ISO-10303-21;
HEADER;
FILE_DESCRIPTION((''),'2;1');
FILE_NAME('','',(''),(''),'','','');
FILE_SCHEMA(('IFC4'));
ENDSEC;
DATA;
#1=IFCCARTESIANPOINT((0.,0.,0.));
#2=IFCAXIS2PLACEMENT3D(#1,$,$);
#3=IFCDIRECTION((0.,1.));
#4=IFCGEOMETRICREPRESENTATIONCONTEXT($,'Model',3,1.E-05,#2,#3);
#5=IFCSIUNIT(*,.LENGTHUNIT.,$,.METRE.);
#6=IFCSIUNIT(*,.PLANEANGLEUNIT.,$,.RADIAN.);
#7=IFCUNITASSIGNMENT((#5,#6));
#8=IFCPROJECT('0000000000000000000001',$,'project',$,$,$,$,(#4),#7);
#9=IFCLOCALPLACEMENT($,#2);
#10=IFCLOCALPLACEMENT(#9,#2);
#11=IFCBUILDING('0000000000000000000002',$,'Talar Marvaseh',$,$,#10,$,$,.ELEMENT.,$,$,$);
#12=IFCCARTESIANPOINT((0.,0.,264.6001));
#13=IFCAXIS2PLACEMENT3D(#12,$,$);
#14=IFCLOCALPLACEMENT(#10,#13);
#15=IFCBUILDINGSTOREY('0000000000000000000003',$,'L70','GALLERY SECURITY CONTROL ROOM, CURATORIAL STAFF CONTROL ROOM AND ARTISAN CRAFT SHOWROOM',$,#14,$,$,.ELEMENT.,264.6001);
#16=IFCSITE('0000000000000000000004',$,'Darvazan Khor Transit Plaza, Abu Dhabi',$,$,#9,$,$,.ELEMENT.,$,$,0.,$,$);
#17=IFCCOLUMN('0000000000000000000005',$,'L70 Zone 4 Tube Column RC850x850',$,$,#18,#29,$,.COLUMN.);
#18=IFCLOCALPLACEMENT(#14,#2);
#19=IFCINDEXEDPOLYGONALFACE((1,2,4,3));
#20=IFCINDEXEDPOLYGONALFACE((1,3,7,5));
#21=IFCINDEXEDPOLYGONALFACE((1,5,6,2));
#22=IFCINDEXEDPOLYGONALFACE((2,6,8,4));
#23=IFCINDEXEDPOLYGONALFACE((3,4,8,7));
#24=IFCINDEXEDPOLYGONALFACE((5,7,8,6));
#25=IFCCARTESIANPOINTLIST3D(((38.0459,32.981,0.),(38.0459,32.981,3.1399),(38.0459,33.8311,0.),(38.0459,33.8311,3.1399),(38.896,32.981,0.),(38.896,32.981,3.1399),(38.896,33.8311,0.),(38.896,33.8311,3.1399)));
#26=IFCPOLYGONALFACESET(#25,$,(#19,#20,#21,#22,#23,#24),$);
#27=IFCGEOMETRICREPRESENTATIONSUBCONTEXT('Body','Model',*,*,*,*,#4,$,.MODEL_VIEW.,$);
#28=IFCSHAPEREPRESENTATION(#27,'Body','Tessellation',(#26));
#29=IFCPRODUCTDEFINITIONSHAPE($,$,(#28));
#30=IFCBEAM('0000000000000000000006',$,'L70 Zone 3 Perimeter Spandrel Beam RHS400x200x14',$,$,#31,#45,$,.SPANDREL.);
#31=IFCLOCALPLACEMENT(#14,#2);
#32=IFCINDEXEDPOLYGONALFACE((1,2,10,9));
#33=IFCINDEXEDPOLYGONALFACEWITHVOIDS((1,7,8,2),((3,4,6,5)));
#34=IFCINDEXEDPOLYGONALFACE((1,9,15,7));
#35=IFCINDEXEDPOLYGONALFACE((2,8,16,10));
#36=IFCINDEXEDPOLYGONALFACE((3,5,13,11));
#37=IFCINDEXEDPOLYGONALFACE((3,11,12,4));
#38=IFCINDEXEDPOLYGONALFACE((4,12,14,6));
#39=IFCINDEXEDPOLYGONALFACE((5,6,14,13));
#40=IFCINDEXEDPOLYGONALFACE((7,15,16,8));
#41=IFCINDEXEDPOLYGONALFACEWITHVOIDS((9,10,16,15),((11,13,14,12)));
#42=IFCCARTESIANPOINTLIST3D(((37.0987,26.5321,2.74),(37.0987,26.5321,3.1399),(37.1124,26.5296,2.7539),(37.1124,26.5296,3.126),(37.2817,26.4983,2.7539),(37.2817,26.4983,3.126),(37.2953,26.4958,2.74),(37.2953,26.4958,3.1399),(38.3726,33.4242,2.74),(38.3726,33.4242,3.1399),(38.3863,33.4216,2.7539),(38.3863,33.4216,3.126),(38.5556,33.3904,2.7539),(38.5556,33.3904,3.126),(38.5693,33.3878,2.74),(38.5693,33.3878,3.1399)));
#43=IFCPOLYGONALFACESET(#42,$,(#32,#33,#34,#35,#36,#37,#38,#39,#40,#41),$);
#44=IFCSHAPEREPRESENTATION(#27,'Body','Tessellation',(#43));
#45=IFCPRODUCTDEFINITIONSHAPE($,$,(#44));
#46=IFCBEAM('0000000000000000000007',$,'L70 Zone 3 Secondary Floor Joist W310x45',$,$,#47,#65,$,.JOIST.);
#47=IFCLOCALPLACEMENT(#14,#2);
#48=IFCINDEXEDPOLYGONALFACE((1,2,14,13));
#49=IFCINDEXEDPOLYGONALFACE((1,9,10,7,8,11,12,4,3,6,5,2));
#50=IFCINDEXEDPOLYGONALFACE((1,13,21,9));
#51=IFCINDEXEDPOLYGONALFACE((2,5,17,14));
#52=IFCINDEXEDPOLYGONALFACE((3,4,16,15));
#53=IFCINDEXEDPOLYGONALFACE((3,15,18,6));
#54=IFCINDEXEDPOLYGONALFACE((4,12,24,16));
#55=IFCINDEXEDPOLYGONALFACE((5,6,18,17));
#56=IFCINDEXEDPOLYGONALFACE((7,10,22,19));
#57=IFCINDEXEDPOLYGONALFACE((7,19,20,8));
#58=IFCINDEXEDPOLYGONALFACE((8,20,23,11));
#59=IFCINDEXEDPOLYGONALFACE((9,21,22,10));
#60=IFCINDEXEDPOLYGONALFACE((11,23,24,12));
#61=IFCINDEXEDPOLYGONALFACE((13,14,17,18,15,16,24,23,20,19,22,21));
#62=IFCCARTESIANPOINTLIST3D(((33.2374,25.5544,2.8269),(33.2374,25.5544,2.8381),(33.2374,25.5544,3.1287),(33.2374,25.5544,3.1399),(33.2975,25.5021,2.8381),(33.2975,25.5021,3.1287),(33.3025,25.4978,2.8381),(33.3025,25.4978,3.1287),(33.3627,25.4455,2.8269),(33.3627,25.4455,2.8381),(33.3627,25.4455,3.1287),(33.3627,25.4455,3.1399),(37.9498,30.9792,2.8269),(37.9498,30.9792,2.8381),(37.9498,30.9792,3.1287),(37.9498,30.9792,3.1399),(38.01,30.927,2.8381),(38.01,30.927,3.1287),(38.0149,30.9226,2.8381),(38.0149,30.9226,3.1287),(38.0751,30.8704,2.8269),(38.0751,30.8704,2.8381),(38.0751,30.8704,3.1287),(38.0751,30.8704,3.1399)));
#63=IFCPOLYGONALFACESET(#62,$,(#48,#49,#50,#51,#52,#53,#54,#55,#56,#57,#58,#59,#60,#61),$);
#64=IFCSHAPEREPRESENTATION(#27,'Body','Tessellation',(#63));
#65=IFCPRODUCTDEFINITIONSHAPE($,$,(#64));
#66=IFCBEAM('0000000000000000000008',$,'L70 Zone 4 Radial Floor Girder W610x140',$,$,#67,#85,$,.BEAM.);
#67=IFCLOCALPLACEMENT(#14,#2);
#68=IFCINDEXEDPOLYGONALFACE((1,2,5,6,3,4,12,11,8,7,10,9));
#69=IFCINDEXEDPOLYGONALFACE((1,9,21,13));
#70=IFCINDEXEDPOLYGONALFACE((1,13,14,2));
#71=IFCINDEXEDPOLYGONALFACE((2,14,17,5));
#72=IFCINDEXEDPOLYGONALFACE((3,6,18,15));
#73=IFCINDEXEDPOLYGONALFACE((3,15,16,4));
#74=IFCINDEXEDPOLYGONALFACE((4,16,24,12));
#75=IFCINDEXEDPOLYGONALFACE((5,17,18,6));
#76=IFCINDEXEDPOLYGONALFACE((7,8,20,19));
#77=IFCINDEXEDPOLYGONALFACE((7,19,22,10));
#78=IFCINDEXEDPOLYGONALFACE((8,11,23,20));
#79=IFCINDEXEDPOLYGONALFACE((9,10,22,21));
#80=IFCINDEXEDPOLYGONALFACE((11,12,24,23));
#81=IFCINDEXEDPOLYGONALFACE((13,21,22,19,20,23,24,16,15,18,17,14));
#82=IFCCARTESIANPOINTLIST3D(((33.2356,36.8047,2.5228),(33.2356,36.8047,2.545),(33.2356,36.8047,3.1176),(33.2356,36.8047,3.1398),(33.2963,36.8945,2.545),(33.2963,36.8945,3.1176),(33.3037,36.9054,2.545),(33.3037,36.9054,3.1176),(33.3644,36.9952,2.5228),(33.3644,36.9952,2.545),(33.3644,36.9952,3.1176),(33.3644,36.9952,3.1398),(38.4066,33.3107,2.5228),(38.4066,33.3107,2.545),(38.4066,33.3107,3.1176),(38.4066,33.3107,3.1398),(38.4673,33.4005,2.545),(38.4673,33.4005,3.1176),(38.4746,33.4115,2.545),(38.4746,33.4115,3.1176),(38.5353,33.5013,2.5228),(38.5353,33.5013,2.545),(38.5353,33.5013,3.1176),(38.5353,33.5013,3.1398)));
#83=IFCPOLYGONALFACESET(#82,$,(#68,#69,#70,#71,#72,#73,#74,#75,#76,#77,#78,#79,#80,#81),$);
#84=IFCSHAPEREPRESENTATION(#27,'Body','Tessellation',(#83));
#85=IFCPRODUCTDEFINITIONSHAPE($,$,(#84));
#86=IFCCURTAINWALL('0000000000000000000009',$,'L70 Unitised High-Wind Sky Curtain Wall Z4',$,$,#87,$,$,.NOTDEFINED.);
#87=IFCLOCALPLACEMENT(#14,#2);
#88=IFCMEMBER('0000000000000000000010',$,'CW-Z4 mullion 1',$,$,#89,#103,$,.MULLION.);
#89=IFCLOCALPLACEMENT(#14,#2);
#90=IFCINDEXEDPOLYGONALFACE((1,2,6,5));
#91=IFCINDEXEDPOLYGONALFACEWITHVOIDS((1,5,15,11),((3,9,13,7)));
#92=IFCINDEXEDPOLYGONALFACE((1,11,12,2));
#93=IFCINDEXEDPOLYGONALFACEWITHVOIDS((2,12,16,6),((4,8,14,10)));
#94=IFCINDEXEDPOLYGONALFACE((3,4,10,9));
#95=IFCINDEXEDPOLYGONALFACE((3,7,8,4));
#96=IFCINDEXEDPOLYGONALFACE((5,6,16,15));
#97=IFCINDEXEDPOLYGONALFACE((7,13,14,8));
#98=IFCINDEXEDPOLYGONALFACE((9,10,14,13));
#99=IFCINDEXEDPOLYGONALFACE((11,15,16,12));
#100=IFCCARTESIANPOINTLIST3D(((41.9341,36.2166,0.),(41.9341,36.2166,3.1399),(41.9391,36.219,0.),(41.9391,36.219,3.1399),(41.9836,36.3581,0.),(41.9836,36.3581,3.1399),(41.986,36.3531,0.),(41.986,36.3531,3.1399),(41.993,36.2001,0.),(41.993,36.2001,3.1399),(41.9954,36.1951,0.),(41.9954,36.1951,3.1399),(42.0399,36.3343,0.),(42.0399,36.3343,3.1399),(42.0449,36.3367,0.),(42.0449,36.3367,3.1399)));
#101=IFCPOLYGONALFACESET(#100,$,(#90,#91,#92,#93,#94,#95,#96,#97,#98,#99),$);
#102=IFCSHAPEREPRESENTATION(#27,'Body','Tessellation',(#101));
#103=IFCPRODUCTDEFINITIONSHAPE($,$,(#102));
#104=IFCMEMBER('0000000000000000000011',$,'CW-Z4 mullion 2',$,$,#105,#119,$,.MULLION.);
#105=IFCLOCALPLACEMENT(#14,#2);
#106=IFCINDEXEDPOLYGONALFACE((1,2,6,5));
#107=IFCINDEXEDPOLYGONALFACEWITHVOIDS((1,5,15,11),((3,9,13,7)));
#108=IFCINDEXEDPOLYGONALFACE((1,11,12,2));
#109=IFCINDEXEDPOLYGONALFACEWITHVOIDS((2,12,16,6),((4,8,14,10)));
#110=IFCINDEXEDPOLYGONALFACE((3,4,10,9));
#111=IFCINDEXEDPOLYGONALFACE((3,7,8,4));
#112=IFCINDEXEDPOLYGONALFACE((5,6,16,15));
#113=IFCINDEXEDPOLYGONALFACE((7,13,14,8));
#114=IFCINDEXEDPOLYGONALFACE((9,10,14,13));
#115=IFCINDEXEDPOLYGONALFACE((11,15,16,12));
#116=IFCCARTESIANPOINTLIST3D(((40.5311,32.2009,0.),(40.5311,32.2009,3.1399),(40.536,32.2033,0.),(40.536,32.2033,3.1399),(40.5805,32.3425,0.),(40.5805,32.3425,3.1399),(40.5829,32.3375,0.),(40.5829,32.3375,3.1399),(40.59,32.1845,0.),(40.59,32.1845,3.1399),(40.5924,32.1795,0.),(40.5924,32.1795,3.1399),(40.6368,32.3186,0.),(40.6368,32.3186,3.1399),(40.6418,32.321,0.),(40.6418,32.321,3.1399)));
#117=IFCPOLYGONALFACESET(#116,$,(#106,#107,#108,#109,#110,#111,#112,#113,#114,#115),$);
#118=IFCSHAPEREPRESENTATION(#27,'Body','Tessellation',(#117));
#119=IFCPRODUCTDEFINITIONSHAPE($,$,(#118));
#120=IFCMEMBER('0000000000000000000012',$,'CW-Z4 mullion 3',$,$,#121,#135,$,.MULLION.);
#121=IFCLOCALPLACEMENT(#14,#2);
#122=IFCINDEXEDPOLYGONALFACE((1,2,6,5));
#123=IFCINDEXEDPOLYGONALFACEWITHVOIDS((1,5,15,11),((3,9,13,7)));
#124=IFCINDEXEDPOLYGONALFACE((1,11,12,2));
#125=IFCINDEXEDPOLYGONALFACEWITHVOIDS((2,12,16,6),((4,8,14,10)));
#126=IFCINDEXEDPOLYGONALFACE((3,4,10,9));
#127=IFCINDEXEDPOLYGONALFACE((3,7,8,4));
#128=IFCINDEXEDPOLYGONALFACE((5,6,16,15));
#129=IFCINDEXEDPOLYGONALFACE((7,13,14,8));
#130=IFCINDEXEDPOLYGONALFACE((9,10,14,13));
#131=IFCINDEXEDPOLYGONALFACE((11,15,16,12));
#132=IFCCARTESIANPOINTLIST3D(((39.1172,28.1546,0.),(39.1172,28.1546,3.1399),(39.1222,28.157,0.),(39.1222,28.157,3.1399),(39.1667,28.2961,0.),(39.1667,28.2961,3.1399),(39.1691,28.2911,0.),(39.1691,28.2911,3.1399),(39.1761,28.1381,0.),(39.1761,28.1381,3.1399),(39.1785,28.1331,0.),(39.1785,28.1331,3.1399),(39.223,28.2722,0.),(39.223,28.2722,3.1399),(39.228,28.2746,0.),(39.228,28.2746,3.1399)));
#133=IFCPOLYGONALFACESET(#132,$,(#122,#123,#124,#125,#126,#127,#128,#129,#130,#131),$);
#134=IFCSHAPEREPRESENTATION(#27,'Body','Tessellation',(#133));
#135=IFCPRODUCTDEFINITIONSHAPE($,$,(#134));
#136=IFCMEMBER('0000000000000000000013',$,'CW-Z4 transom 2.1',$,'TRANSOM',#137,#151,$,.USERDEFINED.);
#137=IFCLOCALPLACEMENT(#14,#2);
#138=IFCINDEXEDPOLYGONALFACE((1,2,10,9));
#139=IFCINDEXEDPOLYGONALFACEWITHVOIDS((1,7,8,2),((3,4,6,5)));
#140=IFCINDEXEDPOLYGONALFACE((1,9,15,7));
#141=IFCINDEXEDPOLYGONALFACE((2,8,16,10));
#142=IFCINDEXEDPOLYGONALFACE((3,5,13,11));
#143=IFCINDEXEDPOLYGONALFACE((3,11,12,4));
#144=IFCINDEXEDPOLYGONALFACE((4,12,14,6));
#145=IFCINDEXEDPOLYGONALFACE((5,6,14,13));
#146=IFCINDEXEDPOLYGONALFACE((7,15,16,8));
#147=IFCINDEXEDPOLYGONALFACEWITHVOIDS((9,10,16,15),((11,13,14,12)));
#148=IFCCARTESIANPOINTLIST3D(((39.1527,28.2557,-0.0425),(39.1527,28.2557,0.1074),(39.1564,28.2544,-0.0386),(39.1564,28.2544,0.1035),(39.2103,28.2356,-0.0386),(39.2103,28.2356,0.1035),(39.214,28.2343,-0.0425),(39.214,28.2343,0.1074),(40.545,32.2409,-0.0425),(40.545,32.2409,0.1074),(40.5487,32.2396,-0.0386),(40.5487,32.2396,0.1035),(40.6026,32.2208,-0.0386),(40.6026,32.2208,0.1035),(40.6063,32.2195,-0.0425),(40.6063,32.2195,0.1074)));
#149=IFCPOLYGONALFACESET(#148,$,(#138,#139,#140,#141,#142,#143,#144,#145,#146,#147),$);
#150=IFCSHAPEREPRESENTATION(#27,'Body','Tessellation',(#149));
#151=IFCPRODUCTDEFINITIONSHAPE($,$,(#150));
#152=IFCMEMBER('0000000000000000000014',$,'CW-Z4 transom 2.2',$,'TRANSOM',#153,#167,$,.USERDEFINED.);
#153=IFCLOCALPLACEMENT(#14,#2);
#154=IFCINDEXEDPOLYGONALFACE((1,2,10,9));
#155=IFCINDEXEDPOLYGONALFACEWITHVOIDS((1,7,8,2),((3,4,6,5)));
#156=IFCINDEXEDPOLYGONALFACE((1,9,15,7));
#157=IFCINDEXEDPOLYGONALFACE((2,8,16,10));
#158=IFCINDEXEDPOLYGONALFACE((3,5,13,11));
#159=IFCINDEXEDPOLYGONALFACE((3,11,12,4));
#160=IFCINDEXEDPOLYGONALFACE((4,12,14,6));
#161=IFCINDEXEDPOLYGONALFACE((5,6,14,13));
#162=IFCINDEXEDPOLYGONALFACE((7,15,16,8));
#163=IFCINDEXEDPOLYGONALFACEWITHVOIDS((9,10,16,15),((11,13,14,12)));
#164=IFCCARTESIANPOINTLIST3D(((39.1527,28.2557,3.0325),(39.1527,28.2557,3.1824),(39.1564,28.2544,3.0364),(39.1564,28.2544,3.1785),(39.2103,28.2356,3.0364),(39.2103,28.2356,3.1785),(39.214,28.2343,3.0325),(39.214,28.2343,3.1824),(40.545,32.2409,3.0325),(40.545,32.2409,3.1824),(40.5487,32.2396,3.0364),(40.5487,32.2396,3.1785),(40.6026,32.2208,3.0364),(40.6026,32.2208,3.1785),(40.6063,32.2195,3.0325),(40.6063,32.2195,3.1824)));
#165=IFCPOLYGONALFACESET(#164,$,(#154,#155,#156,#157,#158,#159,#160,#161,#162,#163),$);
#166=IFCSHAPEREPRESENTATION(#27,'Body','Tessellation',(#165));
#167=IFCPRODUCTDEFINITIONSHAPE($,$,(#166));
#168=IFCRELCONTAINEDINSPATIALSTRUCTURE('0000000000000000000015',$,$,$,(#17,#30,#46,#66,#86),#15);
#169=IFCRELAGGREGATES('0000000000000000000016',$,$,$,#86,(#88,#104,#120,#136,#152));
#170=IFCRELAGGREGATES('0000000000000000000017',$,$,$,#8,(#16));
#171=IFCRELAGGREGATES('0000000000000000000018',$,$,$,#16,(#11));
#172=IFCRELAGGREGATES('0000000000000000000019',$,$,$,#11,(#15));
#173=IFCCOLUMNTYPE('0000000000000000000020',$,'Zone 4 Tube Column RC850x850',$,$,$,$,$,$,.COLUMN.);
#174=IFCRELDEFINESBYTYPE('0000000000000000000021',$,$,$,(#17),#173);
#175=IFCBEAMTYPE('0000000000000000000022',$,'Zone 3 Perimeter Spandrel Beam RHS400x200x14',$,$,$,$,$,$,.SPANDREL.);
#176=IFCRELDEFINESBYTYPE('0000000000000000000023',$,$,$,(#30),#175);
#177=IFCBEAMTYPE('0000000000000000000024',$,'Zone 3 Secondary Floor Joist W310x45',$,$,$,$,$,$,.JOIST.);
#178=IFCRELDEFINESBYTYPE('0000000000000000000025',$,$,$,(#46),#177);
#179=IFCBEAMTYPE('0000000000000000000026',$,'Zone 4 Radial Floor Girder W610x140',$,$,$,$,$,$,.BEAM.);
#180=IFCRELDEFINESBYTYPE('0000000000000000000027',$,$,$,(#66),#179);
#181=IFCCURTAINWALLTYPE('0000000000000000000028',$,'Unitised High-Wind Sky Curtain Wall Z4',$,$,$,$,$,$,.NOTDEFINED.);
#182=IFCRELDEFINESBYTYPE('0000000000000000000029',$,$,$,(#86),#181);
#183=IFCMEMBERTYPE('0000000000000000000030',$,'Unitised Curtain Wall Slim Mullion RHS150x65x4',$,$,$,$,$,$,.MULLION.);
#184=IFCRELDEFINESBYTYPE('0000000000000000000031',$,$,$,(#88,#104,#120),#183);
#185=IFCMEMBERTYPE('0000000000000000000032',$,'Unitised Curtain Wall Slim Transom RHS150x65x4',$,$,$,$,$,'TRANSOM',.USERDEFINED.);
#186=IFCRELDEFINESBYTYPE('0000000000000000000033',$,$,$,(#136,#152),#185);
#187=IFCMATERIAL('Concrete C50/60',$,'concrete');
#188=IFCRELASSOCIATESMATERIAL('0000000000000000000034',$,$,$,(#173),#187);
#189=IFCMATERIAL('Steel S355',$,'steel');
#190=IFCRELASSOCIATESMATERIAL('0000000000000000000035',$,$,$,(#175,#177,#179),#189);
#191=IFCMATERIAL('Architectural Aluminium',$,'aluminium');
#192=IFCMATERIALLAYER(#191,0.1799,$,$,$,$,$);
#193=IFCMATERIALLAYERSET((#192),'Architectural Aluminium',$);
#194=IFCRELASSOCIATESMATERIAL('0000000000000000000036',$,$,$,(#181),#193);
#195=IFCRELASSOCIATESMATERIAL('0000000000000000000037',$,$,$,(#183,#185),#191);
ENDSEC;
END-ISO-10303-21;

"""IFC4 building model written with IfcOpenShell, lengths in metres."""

from ifc_helpers import new_model, si_unit, direction, frame, origin, origin_2d, place, context, subcontext, project, spatial, rectangle, hollow_rectangle, i_section, extrude, source, transform, mapped, material, layer, layer_set, material_profile, profile_set, type_object, type_shapes, element, aggregate, save


model = new_model("IFC4")

# Units and contexts
model_context = context("Model", 3, precision=1e-05, world=origin(), true_north=direction((0.0, 1.0)))
body_context = subcontext(model_context, "Body", "Model", "MODEL_VIEW")
ifc_project = project(units=[si_unit("LENGTHUNIT", "METRE"), si_unit("PLANEANGLEUNIT", "RADIAN")], contexts=[model_context])

# Site, building, storey
site_placement = place(None, origin())
site = spatial("IfcSite", under=ifc_project, at=site_placement, Name="Darvazan Khor Transit Plaza, Abu Dhabi", CompositionType="ELEMENT", RefElevation=0.0)
building_placement = place(site_placement, origin())
building = spatial("IfcBuilding", under=site, at=building_placement, Name="Talar Marvaseh", CompositionType="ELEMENT")
storey_placement = place(building_placement, frame((0.0, 0.0, 264.6001)))
storey = spatial("IfcBuildingStorey", under=building, at=storey_placement, Name="L70", Description="GALLERY SECURITY CONTROL ROOM, CURATORIAL STAFF CONTROL ROOM AND ARTISAN CRAFT SHOWROOM", CompositionType="ELEMENT", Elevation=264.6001)

# Column
ifc_material_1 = material(Name="Concrete C50/60", Category="concrete")
ifc_material_profile_1 = material_profile(ifc_material_1, rectangle(XDim=0.8501, YDim=0.8501, at=origin_2d()), Name="RC850x850")
ifc_profile_set_1 = profile_set([ifc_material_profile_1], Name="Concrete C50/60")
column_type = type_object("IfcColumnType", Name="Zone 4 Tube Column RC850x850", PredefinedType="COLUMN", material=ifc_profile_set_1)
column_placement = place(storey_placement, frame((38.4709, 33.406, 0.0), z_axis=(0.0, 0.0, 1.0), x_axis=(1.0, 0.0, 0.0)))
element("IfcColumn", 1, at=column_placement, inside=storey, type_object=column_type, Name="L70 Zone 4 Tube Column RC850x850", PredefinedType="COLUMN", context=body_context, shape_type="SweptSolid", body=[
    extrude(rectangle(XDim=0.8501, YDim=0.8501, at=origin_2d()), origin(), (0.0, 0.0, 1.0), 3.1399),
])

# Beams
ifc_material_2 = material(Name="Steel S355", Category="steel")
ifc_material_profile_2 = material_profile(ifc_material_2, hollow_rectangle(XDim=0.2, YDim=0.3999, WallThickness=0.0139, at=origin_2d()), Name="RHS400x200x14")
ifc_profile_set_2 = profile_set([ifc_material_profile_2], Name="Steel S355")
beam_type_1 = type_object("IfcBeamType", Name="Zone 3 Perimeter Spandrel Beam RHS400x200x14", PredefinedType="SPANDREL", material=ifc_profile_set_2)
beam_1_placement = place(storey_placement, frame((38.4709, 33.406, 2.9399), z_axis=(-0.18176, -0.983343, 0.0), x_axis=(0.983343, -0.18176, 0.0)))
element("IfcBeam", 2, at=beam_1_placement, inside=storey, type_object=beam_type_1, Name="L70 Zone 3 Perimeter Spandrel Beam RHS400x200x14", PredefinedType="SPANDREL", context=body_context, shape_type="SweptSolid", body=[
    extrude(hollow_rectangle(XDim=0.2, YDim=0.3999, WallThickness=0.0139, at=origin_2d()), origin(), (0.0, 0.0, 1.0), 7.0088),
])
ifc_material_profile_3 = material_profile(ifc_material_2, i_section(OverallWidth=0.166, OverallDepth=0.313, WebThickness=0.0066, FlangeThickness=0.0112, at=origin_2d()), Name="W310x45")
ifc_profile_set_3 = profile_set([ifc_material_profile_3], Name="Steel S355")
beam_type_2 = type_object("IfcBeamType", Name="Zone 3 Secondary Floor Joist W310x45", PredefinedType="JOIST", material=ifc_profile_set_3)
beam_2_placement = place(storey_placement, frame((38.0125, 30.9248, 2.9834), z_axis=(-0.655797, -0.754938, 0.0), x_axis=(0.754938, -0.655797, 0.0)))
element("IfcBeam", 3, at=beam_2_placement, inside=storey, type_object=beam_type_2, Name="L70 Zone 3 Secondary Floor Joist W310x45", PredefinedType="JOIST", context=body_context, shape_type="SweptSolid", body=[
    extrude(i_section(OverallWidth=0.166, OverallDepth=0.313, WebThickness=0.0066, FlangeThickness=0.0112, at=origin_2d()), origin(), (0.0, 0.0, 1.0), 7.1858),
])
ifc_material_profile_4 = material_profile(ifc_material_2, i_section(OverallWidth=0.23, OverallDepth=0.6169, WebThickness=0.0132, FlangeThickness=0.0222, at=origin_2d()), Name="W610x140")
ifc_profile_set_4 = profile_set([ifc_material_profile_4], Name="Steel S355")
beam_type_3 = type_object("IfcBeamType", Name="Zone 4 Radial Floor Girder W610x140", PredefinedType="BEAM", material=ifc_profile_set_4)
beam_3_placement = place(storey_placement, frame((38.4709, 33.406, 2.8313), z_axis=(-0.828586, 0.559862, 0.0), x_axis=(-0.559862, -0.828586, 0.0)))
element("IfcBeam", 4, at=beam_3_placement, inside=storey, type_object=beam_type_3, Name="L70 Zone 4 Radial Floor Girder W610x140", PredefinedType="BEAM", context=body_context, shape_type="SweptSolid", body=[
    extrude(i_section(OverallWidth=0.23, OverallDepth=0.6169, WebThickness=0.0132, FlangeThickness=0.0222, at=origin_2d()), origin(), (0.0, 0.0, 1.0), 6.2407),
])

# Curtain wall, members
ifc_material_3 = material(Name="Architectural Aluminium", Category="aluminium")
ifc_layer_1 = layer(ifc_material_3, 0.1799)
ifc_layer_set_1 = layer_set([ifc_layer_1], Name="Architectural Aluminium")
curtain_wall_type = type_object("IfcCurtainWallType", Name="Unitised High-Wind Sky Curtain Wall Z4", PredefinedType="NOTDEFINED", material=ifc_layer_set_1)
curtain_wall_placement = place(storey_placement, origin())
curtain_wall = element("IfcCurtainWall", 5, at=curtain_wall_placement, inside=storey, type_object=curtain_wall_type, Name="L70 Unitised High-Wind Sky Curtain Wall Z4", PredefinedType="NOTDEFINED")
ifc_material_profile_5 = material_profile(ifc_material_3, hollow_rectangle(XDim=0.0649, YDim=0.1499, WallThickness=0.0039, at=origin_2d()), Name="RHS150x65x4")
ifc_profile_set_5 = profile_set([ifc_material_profile_5], Name="Architectural Aluminium")
member_type_1 = type_object("IfcMemberType", Name="Unitised Curtain Wall Slim Mullion RHS150x65x4", PredefinedType="MULLION", material=ifc_profile_set_5)
shared_shape_1 = source(origin(), body_context, "Body", "SweptSolid", [
    extrude(hollow_rectangle(XDim=0.0649, YDim=0.1499, WallThickness=0.0039, at=origin_2d()), origin(), (0.0, 0.0, 1.0), 3.1399),
])
type_shapes(member_type_1, [shared_shape_1])
member_1_placement = place(storey_placement, frame((41.9895, 36.2766, 0.0), z_axis=(0.0, 0.0, 1.0), x_axis=(0.944038, -0.329838, 0.0)))
member_1 = element("IfcMember", 6, at=member_1_placement, type_object=member_type_1, Name="CW-Z4 mullion 1", PredefinedType="MULLION", context=body_context, shape_type="MappedRepresentation", body=[
    mapped(shared_shape_1, transform((0.0, 0.0, 0.0), x_axis=(1.0, 0.0, 0.0), y_axis=(0.0, 1.0, 0.0), z_axis=(0.0, 0.0, 1.0), scale=1.0)),
])
member_2_placement = place(storey_placement, frame((40.5864, 32.261, 0.0), z_axis=(0.0, 0.0, 1.0), x_axis=(0.944038, -0.329838, 0.0)))
member_2 = element("IfcMember", 7, at=member_2_placement, type_object=member_type_1, Name="CW-Z4 mullion 2", PredefinedType="MULLION", context=body_context, shape_type="MappedRepresentation", body=[
    mapped(shared_shape_1, transform((0.0, 0.0, 0.0), x_axis=(1.0, 0.0, 0.0), y_axis=(0.0, 1.0, 0.0), z_axis=(0.0, 0.0, 1.0), scale=1.0)),
])
member_3_placement = place(storey_placement, frame((39.1726, 28.2146, 0.0), z_axis=(0.0, 0.0, 1.0), x_axis=(0.944038, -0.329838, 0.0)))
member_3 = element("IfcMember", 8, at=member_3_placement, type_object=member_type_1, Name="CW-Z4 mullion 3", PredefinedType="MULLION", context=body_context, shape_type="MappedRepresentation", body=[
    mapped(shared_shape_1, transform((0.0, 0.0, 0.0), x_axis=(1.0, 0.0, 0.0), y_axis=(0.0, 1.0, 0.0), z_axis=(0.0, 0.0, 1.0), scale=1.0)),
])
ifc_material_profile_6 = material_profile(ifc_material_3, hollow_rectangle(XDim=0.0649, YDim=0.1499, WallThickness=0.0039, at=origin_2d()), Name="RHS150x65x4")
ifc_profile_set_6 = profile_set([ifc_material_profile_6], Name="Architectural Aluminium")
member_type_2 = type_object("IfcMemberType", Name="Unitised Curtain Wall Slim Transom RHS150x65x4", ElementType="TRANSOM", PredefinedType="USERDEFINED", material=ifc_profile_set_6)
shared_shape_2 = source(origin(), body_context, "Body", "SweptSolid", [
    extrude(hollow_rectangle(XDim=0.0649, YDim=0.1499, WallThickness=0.0039, at=origin_2d()), origin(), (0.0, 0.0, 1.0), 4.2214),
])
member_4_placement = place(storey_placement, frame((40.5757, 32.2302, 0.0325), z_axis=(-0.329833, -0.944039, 0.0), x_axis=(0.944039, -0.329833, 0.0)))
member_4 = element("IfcMember", 9, at=member_4_placement, type_object=member_type_2, Name="CW-Z4 transom 2.1", ObjectType="TRANSOM", PredefinedType="USERDEFINED", context=body_context, shape_type="MappedRepresentation", body=[
    mapped(shared_shape_2, transform((0.0, 0.0, 0.0), x_axis=(1.0, 0.0, 0.0), y_axis=(0.0, 1.0, 0.0), z_axis=(0.0, 0.0, 1.0), scale=1.0)),
])
member_5_placement = place(storey_placement, frame((40.5757, 32.2302, 3.1074), z_axis=(-0.329833, -0.944039, 0.0), x_axis=(0.944039, -0.329833, 0.0)))
member_5 = element("IfcMember", 10, at=member_5_placement, type_object=member_type_2, Name="CW-Z4 transom 2.2", ObjectType="TRANSOM", PredefinedType="USERDEFINED", context=body_context, shape_type="MappedRepresentation", body=[
    mapped(shared_shape_2, transform((0.0, 0.0, 0.0), x_axis=(1.0, 0.0, 0.0), y_axis=(0.0, 1.0, 0.0), z_axis=(0.0, 0.0, 1.0), scale=1.0)),
])
aggregate(curtain_wall, [member_1, member_2, member_3, member_4, member_5])

save(model, "model.ifc")
